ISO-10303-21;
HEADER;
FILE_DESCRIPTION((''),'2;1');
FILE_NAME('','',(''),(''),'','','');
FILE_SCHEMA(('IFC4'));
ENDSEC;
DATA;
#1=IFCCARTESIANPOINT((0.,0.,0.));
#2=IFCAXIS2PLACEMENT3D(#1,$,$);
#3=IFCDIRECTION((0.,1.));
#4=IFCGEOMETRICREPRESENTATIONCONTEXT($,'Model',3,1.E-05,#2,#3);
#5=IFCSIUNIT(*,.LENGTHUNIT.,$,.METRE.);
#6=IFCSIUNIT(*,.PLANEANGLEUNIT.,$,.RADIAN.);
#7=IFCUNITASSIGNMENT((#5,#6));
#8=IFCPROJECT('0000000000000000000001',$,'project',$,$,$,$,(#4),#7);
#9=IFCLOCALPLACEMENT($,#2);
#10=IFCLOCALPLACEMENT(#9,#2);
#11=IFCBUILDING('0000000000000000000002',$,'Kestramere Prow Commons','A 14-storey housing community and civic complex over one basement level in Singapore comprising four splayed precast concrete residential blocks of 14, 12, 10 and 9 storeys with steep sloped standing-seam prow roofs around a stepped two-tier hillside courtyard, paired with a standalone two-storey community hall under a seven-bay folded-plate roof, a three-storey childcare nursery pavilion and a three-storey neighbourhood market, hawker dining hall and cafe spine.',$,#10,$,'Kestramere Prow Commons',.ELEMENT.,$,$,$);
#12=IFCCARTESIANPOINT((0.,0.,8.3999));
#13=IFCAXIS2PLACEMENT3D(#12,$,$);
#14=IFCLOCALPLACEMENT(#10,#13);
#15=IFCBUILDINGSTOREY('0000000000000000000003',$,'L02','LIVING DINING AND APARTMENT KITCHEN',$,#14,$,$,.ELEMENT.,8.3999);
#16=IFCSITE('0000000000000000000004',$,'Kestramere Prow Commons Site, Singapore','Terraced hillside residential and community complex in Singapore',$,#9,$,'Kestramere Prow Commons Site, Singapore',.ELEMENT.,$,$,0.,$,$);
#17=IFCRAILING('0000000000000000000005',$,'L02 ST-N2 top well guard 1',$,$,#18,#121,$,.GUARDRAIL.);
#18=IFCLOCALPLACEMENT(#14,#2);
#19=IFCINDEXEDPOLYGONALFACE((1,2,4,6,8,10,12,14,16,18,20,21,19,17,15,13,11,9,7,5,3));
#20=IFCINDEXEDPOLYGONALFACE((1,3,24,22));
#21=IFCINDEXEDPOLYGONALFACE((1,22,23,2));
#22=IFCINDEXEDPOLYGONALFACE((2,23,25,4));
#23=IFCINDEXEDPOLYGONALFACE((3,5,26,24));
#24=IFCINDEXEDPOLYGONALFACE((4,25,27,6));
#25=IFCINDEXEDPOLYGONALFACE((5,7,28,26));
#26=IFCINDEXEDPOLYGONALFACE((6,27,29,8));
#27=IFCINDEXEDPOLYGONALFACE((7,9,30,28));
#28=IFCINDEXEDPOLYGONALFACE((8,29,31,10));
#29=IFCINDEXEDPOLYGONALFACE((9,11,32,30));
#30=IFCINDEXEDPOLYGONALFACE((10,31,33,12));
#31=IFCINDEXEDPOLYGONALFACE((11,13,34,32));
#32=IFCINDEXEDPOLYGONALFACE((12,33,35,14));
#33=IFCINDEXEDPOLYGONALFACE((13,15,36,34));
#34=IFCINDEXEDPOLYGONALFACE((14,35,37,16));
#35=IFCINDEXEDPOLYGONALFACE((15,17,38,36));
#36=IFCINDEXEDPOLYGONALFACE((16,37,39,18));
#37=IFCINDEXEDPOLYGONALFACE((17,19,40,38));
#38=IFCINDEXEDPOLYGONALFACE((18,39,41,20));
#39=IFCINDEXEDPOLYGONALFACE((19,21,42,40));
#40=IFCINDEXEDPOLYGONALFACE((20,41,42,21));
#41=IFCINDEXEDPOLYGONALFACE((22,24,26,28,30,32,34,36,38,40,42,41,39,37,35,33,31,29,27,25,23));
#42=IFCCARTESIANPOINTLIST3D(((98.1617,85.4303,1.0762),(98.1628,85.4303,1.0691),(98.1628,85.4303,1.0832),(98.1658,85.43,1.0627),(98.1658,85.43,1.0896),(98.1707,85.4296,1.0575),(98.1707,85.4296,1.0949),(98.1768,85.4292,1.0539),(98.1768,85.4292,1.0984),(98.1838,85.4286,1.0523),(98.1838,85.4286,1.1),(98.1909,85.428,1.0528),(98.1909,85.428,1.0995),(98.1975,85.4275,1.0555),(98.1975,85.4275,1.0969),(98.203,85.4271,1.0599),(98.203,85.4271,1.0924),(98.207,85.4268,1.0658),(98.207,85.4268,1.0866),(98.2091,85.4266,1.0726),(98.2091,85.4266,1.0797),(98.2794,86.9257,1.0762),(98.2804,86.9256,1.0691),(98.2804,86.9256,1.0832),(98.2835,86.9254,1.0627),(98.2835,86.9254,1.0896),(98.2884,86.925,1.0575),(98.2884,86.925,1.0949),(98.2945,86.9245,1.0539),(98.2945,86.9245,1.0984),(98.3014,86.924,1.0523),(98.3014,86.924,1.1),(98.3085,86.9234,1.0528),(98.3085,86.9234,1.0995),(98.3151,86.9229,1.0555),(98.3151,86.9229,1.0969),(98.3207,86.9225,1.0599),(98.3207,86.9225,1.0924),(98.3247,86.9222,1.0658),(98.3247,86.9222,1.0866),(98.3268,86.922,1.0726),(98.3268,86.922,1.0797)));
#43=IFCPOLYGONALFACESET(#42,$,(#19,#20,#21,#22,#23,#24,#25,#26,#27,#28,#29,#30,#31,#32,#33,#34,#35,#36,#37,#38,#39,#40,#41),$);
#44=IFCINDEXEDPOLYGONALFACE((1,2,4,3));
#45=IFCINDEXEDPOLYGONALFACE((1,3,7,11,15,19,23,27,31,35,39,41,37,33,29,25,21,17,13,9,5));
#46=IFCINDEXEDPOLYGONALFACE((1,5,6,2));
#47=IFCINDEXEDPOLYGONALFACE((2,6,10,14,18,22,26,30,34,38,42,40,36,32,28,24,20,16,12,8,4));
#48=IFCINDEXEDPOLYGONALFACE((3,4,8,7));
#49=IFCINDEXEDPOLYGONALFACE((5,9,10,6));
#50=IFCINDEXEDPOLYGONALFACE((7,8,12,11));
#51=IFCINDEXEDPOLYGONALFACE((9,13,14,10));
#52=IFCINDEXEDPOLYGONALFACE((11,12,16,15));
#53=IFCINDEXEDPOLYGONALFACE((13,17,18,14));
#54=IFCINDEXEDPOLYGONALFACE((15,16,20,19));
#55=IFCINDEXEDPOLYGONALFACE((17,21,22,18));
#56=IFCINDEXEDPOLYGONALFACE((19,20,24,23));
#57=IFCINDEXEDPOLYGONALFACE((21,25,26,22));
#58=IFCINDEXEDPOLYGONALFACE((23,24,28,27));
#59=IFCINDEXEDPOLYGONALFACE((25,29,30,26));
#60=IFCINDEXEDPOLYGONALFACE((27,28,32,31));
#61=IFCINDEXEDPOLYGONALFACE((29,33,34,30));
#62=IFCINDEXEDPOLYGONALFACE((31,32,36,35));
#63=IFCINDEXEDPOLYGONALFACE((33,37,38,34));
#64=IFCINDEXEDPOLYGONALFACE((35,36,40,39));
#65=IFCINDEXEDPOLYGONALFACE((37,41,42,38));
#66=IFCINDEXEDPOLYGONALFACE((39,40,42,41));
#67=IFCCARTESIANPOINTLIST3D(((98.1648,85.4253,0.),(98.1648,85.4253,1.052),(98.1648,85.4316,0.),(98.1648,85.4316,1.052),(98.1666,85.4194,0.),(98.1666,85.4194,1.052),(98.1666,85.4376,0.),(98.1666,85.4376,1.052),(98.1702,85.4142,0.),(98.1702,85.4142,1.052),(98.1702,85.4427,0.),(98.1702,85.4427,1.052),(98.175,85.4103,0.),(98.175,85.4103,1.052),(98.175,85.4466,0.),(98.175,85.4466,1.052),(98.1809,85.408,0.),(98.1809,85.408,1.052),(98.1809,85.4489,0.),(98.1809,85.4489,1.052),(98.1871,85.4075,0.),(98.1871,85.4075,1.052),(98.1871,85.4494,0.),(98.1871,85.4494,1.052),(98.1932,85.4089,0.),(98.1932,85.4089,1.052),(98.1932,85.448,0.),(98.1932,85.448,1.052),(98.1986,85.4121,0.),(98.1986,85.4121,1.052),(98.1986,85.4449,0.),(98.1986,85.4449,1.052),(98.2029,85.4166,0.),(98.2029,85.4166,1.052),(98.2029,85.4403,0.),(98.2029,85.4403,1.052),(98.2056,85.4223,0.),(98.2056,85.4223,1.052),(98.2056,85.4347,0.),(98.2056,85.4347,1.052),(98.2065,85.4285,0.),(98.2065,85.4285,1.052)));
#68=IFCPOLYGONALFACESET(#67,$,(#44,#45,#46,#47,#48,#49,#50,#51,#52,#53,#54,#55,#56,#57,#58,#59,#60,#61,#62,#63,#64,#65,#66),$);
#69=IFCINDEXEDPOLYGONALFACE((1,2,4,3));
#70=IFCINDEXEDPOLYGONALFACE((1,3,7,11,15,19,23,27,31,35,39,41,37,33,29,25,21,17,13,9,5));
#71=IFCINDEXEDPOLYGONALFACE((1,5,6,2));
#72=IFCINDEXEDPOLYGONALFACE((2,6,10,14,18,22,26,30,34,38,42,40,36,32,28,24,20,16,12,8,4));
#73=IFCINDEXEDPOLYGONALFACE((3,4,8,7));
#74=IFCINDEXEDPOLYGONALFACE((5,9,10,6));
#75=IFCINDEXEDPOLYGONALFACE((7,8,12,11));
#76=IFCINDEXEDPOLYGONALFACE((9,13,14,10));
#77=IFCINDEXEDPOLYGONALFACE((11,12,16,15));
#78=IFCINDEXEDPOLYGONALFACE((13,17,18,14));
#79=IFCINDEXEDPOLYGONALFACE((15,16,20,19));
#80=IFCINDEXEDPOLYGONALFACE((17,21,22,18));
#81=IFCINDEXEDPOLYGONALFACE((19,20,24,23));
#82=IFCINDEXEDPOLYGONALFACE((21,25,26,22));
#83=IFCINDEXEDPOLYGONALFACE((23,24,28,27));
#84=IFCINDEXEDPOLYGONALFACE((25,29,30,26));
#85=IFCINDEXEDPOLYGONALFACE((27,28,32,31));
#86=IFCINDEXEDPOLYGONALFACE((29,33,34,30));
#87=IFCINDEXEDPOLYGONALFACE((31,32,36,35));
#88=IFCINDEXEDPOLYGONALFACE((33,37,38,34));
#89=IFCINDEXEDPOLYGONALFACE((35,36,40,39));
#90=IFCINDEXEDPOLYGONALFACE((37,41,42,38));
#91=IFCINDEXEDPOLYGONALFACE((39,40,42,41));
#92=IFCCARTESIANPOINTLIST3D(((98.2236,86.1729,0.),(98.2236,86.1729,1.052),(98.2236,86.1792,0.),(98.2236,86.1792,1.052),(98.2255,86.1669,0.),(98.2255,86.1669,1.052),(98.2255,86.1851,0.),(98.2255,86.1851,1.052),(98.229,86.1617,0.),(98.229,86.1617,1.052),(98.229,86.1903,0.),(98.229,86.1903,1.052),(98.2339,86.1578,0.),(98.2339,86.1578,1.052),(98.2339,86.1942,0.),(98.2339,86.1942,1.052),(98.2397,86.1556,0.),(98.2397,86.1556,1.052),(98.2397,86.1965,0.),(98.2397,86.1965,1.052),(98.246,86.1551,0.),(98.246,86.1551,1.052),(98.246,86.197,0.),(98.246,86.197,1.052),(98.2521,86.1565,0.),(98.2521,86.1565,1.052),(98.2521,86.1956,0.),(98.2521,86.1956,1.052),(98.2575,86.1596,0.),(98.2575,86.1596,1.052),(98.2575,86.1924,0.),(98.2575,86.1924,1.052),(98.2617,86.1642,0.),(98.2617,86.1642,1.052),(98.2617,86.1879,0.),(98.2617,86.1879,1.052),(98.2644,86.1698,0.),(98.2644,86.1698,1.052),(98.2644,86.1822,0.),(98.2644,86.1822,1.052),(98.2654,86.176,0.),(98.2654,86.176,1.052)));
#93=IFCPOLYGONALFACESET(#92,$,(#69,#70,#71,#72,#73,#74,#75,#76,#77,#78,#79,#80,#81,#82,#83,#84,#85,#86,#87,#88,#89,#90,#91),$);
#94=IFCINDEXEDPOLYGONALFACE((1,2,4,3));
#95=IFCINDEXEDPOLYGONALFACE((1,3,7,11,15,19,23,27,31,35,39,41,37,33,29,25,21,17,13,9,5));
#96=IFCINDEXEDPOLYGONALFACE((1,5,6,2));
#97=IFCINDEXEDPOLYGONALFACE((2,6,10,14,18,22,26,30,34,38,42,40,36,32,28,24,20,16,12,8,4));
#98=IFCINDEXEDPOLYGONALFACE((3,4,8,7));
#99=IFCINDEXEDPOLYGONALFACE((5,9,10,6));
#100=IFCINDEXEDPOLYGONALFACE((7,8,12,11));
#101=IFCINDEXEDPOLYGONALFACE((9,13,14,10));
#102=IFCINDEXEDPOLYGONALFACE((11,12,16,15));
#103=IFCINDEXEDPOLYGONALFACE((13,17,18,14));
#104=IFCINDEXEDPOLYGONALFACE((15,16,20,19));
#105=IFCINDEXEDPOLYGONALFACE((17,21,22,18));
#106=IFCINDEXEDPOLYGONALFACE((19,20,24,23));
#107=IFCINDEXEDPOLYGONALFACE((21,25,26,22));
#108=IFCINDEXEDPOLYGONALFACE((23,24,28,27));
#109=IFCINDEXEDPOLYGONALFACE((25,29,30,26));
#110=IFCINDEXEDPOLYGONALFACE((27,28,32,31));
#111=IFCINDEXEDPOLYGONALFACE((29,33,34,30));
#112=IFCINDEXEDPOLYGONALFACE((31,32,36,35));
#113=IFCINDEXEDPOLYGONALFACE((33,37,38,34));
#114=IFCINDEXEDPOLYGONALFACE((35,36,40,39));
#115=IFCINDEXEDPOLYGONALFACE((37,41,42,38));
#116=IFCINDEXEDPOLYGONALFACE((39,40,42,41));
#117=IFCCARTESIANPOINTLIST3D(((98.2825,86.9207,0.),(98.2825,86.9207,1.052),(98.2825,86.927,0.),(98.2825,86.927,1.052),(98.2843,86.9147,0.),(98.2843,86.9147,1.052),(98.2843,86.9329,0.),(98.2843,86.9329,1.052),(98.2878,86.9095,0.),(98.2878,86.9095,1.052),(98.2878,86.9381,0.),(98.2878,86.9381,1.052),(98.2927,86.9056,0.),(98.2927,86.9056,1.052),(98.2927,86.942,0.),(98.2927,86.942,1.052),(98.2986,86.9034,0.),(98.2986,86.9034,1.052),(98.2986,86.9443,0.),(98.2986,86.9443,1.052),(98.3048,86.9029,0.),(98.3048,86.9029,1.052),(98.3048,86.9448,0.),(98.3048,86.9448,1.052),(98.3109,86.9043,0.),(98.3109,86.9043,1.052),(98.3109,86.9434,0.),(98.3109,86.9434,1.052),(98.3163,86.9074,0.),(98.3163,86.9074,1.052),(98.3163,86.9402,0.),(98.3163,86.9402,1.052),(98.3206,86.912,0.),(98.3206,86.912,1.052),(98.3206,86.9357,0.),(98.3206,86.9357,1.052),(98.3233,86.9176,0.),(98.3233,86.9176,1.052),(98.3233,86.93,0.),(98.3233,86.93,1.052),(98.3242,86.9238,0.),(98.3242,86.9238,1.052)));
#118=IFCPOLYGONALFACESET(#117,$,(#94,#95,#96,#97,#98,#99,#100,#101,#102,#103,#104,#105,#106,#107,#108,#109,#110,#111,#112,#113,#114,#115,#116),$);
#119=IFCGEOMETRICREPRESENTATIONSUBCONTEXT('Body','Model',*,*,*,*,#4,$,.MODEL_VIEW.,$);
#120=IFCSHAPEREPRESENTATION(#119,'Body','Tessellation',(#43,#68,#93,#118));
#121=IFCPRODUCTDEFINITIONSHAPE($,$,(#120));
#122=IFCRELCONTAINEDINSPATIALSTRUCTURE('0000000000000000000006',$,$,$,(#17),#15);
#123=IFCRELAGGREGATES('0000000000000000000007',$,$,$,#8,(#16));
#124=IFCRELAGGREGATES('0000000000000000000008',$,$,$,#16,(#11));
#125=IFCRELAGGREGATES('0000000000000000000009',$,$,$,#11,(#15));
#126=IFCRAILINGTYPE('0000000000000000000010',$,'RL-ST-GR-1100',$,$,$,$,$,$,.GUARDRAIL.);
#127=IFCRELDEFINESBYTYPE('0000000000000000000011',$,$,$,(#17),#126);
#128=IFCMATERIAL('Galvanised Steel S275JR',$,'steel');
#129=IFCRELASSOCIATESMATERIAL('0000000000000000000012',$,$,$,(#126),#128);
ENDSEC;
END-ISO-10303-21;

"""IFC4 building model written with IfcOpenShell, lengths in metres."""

from ifc_helpers import new_model, si_unit, direction, frame, origin, origin_2d, place, context, subcontext, project, spatial, circle, extrude, material, type_object, element, save


model = new_model("IFC4")

# Units and contexts
model_context = context("Model", 3, precision=1e-05, world=origin(), true_north=direction((0.0, 1.0)))
body_context = subcontext(model_context, "Body", "Model", "MODEL_VIEW")
ifc_project = project(units=[si_unit("LENGTHUNIT", "METRE"), si_unit("PLANEANGLEUNIT", "RADIAN")], contexts=[model_context])

# Site, building, storey
site_placement = place(None, origin())
site = spatial("IfcSite", under=ifc_project, at=site_placement, Name="Kestramere Prow Commons Site, Singapore", Description="Terraced hillside residential and community complex in Singapore", LongName="Kestramere Prow Commons Site, Singapore", CompositionType="ELEMENT", RefElevation=0.0)
building_placement = place(site_placement, origin())
building = spatial("IfcBuilding", under=site, at=building_placement, Name="Kestramere Prow Commons", Description="A 14-storey housing community and civic complex over one basement level in Singapore comprising four splayed precast concrete residential blocks of 14, 12, 10 and 9 storeys with steep sloped standing-seam prow roofs around a stepped two-tier hillside courtyard, paired with a standalone two-storey community hall under a seven-bay folded-plate roof, a three-storey childcare nursery pavilion and a three-storey neighbourhood market, hawker dining hall and cafe spine.", LongName="Kestramere Prow Commons", CompositionType="ELEMENT")
storey_placement = place(building_placement, frame((0.0, 0.0, 8.3999)))
storey = spatial("IfcBuildingStorey", under=building, at=storey_placement, Name="L02", Description="LIVING DINING AND APARTMENT KITCHEN", CompositionType="ELEMENT", Elevation=8.3999)

# Railing
ifc_material_1 = material(Name="Galvanised Steel S275JR", Category="steel")
railing_type = type_object("IfcRailingType", Name="RL-ST-GR-1100", PredefinedType="GUARDRAIL", material=ifc_material_1)
railing_placement = place(storey_placement, frame((98.1855, 85.4285, 0.0)))
element("IfcRailing", 1, at=railing_placement, inside=storey, type_object=railing_type, Name="L02 ST-N2 top well guard 1", PredefinedType="GUARDRAIL", context=body_context, shape_type="SweptSolid", body=[
    extrude(circle(Radius=0.0239, at=origin_2d()), frame((0.0, 0.0, 1.0762), z_axis=(0.078451, 0.996918, 0.0), x_axis=(-0.996918, 0.078451, 0.0)), (0.0, 0.0, 1.0), 1.5),
    extrude(circle(Radius=0.021, at=origin_2d()), origin(), (0.0, 0.0, 1.0), 1.052),
    extrude(circle(Radius=0.021, at=origin_2d()), frame((0.0588, 0.7476, 0.0)), (0.0, 0.0, 1.0), 1.052),
    extrude(circle(Radius=0.021, at=origin_2d()), frame((0.1177, 1.4954, 0.0)), (0.0, 0.0, 1.0), 1.052),
])

save(model, "model.ifc")
